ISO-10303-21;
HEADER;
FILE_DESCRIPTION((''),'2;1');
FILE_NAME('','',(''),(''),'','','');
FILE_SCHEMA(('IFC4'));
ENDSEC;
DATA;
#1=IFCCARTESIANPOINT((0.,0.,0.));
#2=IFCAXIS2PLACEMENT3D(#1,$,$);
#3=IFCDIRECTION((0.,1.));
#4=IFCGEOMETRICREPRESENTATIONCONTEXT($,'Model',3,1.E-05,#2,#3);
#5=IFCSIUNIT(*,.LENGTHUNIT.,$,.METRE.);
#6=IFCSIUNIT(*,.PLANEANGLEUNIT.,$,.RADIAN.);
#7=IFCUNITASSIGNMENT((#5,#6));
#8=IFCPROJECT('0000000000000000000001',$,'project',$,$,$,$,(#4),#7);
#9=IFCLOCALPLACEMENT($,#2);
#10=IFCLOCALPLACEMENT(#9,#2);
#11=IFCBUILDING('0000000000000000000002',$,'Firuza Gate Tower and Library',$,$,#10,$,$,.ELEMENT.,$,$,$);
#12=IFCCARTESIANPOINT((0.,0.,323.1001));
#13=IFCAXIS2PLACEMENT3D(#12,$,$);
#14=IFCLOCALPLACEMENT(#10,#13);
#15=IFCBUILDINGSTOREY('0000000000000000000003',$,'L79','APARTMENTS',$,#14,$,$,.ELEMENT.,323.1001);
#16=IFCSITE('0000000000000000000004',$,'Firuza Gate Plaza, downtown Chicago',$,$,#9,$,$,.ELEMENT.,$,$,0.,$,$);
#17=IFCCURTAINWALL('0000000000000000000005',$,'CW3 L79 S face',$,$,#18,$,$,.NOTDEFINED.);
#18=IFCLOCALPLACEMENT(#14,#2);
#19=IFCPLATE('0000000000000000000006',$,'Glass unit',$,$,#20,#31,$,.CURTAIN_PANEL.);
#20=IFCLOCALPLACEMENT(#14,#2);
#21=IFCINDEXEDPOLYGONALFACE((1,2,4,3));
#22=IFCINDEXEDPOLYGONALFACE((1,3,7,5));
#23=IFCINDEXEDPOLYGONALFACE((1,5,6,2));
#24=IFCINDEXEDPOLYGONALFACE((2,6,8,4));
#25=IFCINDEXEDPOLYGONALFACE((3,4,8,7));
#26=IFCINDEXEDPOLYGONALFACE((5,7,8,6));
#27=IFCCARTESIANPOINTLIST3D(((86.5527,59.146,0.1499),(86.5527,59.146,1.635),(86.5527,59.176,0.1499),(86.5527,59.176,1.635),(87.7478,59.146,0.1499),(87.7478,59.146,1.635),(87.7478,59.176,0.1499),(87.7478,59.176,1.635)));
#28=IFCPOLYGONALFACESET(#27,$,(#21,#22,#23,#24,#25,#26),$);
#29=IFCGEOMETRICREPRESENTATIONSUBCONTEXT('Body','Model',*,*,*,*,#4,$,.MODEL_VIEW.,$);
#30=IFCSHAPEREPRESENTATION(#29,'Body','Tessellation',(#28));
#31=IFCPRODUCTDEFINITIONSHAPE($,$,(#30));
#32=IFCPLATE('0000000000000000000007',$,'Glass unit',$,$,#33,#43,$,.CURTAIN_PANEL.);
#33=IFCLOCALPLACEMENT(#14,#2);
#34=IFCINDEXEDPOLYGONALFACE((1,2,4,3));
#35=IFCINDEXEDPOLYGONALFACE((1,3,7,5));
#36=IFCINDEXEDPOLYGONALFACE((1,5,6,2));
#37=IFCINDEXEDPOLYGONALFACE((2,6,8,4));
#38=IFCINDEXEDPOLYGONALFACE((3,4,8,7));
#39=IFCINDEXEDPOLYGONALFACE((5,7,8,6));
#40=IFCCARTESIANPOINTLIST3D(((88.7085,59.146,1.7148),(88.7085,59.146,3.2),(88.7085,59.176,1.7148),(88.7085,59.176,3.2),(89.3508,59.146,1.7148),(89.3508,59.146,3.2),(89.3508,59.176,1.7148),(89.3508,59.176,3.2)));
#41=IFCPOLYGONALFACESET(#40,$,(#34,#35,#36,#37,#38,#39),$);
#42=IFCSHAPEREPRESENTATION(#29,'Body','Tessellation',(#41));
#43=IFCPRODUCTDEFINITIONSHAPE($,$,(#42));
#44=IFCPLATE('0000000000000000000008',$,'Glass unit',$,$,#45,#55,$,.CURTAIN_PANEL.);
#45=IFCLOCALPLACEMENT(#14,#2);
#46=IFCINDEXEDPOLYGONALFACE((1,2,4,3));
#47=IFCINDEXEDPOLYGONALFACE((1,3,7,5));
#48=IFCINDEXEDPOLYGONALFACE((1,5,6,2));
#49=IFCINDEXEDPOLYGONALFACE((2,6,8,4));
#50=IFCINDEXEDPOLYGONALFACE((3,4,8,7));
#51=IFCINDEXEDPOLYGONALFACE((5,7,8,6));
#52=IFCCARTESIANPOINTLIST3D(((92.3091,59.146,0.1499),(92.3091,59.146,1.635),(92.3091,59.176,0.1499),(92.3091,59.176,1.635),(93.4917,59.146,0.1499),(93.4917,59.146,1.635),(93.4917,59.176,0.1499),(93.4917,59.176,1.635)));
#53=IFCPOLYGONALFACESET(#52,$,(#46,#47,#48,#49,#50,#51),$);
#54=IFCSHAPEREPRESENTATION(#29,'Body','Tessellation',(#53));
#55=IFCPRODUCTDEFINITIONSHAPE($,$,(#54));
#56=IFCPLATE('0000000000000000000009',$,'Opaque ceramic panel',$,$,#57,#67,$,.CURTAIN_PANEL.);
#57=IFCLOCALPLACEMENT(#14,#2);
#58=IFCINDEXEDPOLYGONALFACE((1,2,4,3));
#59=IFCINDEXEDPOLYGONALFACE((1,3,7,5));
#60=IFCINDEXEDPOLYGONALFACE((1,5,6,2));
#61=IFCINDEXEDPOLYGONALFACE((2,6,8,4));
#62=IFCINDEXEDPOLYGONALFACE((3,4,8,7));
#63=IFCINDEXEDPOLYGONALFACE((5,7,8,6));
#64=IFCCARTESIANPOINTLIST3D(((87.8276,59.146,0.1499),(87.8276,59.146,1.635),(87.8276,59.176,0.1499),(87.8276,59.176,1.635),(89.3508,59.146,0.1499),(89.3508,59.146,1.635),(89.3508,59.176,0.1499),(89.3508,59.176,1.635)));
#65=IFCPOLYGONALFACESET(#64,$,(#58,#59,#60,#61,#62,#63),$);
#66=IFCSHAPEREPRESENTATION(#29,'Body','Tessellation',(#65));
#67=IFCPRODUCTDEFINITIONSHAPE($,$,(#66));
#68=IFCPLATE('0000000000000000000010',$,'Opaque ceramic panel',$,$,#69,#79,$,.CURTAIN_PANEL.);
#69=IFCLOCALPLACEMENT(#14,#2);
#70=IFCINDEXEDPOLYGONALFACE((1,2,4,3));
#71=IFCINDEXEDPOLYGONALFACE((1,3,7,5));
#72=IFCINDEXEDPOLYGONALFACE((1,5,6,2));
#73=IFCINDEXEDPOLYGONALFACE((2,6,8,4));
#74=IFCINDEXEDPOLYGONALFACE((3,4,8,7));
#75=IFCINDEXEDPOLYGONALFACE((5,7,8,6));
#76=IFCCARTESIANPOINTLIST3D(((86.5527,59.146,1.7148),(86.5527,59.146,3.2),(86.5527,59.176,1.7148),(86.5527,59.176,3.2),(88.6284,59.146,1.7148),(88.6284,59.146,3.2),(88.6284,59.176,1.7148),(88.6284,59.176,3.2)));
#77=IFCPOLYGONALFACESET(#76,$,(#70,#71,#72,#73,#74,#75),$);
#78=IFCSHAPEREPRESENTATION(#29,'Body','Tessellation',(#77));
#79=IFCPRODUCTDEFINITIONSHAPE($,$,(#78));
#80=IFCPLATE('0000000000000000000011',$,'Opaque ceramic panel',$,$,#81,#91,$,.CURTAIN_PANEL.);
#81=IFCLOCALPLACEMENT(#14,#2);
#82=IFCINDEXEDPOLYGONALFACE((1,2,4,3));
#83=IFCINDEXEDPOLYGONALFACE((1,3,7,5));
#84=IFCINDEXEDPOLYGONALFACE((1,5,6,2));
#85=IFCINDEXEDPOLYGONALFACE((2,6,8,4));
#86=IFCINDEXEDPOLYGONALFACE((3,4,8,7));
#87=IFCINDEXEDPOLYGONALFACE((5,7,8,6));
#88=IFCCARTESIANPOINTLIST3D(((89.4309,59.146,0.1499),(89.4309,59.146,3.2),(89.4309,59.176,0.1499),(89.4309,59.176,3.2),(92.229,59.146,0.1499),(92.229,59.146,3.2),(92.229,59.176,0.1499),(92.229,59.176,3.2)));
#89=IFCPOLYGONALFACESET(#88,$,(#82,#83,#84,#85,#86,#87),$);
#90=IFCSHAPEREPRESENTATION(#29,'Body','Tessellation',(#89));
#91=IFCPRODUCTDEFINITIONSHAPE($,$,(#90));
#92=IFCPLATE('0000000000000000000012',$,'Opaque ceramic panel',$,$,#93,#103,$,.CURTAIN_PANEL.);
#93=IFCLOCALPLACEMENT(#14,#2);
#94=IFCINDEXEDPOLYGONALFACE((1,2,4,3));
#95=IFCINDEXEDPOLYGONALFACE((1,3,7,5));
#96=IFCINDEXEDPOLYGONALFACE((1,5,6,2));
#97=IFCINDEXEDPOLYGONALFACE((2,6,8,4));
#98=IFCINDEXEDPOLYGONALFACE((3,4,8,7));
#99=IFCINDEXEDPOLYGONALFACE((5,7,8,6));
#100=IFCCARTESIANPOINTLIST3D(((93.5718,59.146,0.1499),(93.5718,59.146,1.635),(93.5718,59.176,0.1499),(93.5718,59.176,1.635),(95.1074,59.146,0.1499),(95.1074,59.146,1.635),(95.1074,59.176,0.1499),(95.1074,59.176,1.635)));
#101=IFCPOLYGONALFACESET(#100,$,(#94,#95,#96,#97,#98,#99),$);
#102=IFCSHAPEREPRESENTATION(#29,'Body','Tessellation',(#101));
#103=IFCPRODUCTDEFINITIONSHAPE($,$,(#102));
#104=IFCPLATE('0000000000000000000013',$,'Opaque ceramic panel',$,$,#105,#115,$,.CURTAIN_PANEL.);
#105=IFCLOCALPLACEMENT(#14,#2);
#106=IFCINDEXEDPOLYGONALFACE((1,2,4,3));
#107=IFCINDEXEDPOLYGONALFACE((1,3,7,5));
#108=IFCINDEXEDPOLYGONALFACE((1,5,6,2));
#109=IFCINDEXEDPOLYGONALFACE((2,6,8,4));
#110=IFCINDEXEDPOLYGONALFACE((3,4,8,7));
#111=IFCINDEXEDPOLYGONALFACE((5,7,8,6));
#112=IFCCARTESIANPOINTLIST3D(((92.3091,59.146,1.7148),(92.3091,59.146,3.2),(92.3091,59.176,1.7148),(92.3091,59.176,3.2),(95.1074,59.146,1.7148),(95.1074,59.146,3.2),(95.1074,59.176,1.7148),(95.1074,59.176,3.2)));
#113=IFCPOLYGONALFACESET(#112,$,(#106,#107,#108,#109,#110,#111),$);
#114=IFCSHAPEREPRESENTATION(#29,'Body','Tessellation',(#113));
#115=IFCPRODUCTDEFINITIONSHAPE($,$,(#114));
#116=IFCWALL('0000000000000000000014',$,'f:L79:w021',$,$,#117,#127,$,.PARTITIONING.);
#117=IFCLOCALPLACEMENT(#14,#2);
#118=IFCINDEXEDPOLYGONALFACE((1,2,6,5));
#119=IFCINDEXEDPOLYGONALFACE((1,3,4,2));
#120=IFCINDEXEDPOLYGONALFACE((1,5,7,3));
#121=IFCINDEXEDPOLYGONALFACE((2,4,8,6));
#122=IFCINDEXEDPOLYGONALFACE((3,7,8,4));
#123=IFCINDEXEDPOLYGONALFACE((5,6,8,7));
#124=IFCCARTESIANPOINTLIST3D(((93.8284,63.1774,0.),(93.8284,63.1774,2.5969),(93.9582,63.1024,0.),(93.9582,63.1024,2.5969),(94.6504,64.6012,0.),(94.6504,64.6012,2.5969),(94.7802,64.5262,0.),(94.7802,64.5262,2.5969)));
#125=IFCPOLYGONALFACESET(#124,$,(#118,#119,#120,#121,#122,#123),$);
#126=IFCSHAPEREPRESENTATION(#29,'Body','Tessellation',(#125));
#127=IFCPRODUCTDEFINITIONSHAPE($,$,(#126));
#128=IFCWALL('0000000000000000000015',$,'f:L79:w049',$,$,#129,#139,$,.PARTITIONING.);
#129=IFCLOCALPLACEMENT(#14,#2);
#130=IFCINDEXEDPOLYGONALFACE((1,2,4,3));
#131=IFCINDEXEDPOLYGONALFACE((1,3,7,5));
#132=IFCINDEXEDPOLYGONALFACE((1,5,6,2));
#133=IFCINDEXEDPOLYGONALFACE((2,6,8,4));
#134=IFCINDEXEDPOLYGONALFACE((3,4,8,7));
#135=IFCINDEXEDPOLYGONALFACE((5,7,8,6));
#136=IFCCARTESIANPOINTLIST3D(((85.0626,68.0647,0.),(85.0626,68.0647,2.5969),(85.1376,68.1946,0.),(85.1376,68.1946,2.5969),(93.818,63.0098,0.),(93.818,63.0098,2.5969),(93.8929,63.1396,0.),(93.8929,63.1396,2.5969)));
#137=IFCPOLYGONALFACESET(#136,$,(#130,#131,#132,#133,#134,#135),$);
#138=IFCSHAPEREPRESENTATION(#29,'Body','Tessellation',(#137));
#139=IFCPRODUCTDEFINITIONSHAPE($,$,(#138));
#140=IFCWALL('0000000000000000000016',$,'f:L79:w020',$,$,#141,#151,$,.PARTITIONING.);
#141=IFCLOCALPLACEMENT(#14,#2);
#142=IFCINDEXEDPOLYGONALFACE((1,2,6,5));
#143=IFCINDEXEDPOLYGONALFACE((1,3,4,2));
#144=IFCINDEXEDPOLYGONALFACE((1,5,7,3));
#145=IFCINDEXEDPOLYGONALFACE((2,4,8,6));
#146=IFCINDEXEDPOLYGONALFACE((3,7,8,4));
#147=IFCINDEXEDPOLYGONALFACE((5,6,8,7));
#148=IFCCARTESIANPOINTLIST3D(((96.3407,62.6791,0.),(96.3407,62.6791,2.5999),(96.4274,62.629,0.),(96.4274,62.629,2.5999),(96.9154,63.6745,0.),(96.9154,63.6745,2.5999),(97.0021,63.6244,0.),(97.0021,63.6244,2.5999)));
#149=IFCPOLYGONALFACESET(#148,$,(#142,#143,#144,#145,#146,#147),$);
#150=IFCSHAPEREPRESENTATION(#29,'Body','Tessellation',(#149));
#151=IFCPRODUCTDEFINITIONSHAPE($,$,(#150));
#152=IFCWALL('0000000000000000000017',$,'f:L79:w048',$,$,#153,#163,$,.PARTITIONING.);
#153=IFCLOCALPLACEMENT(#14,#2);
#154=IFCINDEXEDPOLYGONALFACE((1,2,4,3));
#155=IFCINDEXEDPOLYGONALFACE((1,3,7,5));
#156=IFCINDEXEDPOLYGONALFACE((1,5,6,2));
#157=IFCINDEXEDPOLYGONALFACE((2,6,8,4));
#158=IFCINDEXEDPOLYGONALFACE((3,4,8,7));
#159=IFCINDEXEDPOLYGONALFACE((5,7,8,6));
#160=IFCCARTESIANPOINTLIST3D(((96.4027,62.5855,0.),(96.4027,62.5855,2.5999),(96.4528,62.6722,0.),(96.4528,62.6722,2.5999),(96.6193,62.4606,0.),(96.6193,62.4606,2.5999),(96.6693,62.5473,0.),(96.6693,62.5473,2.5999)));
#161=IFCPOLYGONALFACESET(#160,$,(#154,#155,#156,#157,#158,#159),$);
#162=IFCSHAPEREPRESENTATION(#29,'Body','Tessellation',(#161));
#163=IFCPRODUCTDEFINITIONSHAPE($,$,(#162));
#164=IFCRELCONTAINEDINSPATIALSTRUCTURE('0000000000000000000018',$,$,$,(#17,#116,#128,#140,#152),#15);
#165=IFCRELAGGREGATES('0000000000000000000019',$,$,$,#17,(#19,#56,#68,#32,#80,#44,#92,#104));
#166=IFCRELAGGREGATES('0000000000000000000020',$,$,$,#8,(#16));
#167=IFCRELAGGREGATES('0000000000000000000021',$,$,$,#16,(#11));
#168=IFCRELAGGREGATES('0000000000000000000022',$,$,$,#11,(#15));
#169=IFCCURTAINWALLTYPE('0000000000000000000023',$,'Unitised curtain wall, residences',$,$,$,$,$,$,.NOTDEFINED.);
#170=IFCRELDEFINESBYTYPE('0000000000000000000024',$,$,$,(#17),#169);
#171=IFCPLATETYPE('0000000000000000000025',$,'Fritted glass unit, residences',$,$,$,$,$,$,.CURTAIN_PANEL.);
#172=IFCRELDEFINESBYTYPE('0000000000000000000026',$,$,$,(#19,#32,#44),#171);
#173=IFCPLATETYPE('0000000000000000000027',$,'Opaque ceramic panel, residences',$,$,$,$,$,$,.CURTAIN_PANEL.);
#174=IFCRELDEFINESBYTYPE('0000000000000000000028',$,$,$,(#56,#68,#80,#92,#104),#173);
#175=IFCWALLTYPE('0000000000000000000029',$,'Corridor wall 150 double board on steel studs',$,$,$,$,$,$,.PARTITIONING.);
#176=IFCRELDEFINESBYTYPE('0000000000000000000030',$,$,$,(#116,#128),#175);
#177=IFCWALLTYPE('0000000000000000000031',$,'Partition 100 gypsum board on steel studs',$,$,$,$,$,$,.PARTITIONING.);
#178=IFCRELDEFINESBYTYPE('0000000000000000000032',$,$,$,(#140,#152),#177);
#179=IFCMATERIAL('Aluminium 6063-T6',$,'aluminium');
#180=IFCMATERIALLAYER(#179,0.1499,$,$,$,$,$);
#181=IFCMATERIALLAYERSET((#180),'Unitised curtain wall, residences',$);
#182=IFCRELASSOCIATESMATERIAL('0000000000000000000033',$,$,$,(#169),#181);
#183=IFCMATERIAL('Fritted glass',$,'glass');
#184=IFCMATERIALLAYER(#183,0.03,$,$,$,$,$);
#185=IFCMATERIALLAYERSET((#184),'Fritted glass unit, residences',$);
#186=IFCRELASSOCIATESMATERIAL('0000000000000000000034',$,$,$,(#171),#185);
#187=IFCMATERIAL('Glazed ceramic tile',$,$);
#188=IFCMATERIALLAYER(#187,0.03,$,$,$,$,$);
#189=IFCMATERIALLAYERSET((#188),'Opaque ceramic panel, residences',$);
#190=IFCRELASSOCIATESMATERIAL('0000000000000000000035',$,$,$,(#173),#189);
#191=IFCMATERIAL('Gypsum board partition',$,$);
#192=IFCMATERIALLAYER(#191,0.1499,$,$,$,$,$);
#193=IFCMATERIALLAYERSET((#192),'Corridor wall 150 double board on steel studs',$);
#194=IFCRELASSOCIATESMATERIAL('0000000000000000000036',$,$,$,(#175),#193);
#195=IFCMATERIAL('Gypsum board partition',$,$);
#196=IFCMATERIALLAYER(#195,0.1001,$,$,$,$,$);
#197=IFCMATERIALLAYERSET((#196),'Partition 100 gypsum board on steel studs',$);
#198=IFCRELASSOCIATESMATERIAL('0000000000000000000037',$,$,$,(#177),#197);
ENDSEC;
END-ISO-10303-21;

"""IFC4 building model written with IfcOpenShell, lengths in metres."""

from ifc_helpers import new_model, si_unit, direction, frame, frame_2d, origin, place, context, subcontext, project, spatial, polyline, rectangle, outline, extrude, material, layer, layer_set, type_object, element, aggregate, save


model = new_model("IFC4")

# Units and contexts
model_context = context("Model", 3, precision=1e-05, world=origin(), true_north=direction((0.0, 1.0)))
body_context = subcontext(model_context, "Body", "Model", "MODEL_VIEW")
ifc_project = project(units=[si_unit("LENGTHUNIT", "METRE"), si_unit("PLANEANGLEUNIT", "RADIAN")], contexts=[model_context])

# Site, building, storey
site_placement = place(None, origin())
site = spatial("IfcSite", under=ifc_project, at=site_placement, Name="Firuza Gate Plaza, downtown Chicago", CompositionType="ELEMENT", RefElevation=0.0)
building_placement = place(site_placement, origin())
building = spatial("IfcBuilding", under=site, at=building_placement, Name="Firuza Gate Tower and Library", CompositionType="ELEMENT")
storey_placement = place(building_placement, frame((0.0, 0.0, 323.1001)))
storey = spatial("IfcBuildingStorey", under=building, at=storey_placement, Name="L79", Description="APARTMENTS", CompositionType="ELEMENT", Elevation=323.1001)

# Curtain wall
ifc_material_1 = material(Name="Aluminium 6063-T6", Category="aluminium")
ifc_layer_1 = layer(ifc_material_1, 0.1499)
ifc_layer_set_1 = layer_set([ifc_layer_1], Name="Unitised curtain wall, residences")
curtain_wall_type_1 = type_object("IfcCurtainWallType", Name="Unitised curtain wall, residences", PredefinedType="NOTDEFINED", material=ifc_layer_set_1)
placement = place(storey_placement, origin())
curtain_wall_1 = element("IfcCurtainWall", 1, at=placement, inside=storey, type_object=curtain_wall_type_1, Name="CW3 L79 S face", PredefinedType="NOTDEFINED")

# Plates
ifc_material_2 = material(Name="Fritted glass", Category="glass")
ifc_layer_2 = layer(ifc_material_2, 0.03)
ifc_layer_set_2 = layer_set([ifc_layer_2], Name="Fritted glass unit, residences")
plate_type_1 = type_object("IfcPlateType", Name="Fritted glass unit, residences", PredefinedType="CURTAIN_PANEL", material=ifc_layer_set_2)
plate_1_placement = place(storey_placement, frame((86.5527, 59.146, 0.1499), z_axis=(0.0, -1.0, 0.0), x_axis=(1.0, 0.0, 0.0)))
plate_1 = element("IfcPlate", 2, at=plate_1_placement, type_object=plate_type_1, Name="Glass unit", PredefinedType="CURTAIN_PANEL", context=body_context, shape_type="SweptSolid", body=[
    extrude(outline(polyline([(0.0, 0.0), (1.1951, 0.0), (1.1951, 1.4851), (0.0, 1.4851), (0.0, 0.0)])), origin(), (0.0, 0.0, -1.0), 0.03),
])
plate_2_placement = place(storey_placement, frame((88.7085, 59.146, 1.7148), z_axis=(0.0, -1.0, 0.0), x_axis=(1.0, 0.0, 0.0)))
plate_2 = element("IfcPlate", 3, at=plate_2_placement, type_object=plate_type_1, Name="Glass unit", PredefinedType="CURTAIN_PANEL", context=body_context, shape_type="SweptSolid", body=[
    extrude(outline(polyline([(0.0, 0.0), (0.6423, 0.0), (0.6423, 1.4851), (0.0, 1.4851), (0.0, 0.0)])), origin(), (0.0, 0.0, -1.0), 0.03),
])
plate_3_placement = place(storey_placement, frame((92.3091, 59.146, 0.1499), z_axis=(0.0, -1.0, 0.0), x_axis=(1.0, 0.0, 0.0)))
plate_3 = element("IfcPlate", 4, at=plate_3_placement, type_object=plate_type_1, Name="Glass unit", PredefinedType="CURTAIN_PANEL", context=body_context, shape_type="SweptSolid", body=[
    extrude(outline(polyline([(0.0, 0.0), (1.1826, 0.0), (1.1826, 1.4851), (0.0, 1.4851), (0.0, 0.0)])), origin(), (0.0, 0.0, -1.0), 0.03),
])
ifc_material_3 = material(Name="Glazed ceramic tile")
ifc_layer_3 = layer(ifc_material_3, 0.03)
ifc_layer_set_3 = layer_set([ifc_layer_3], Name="Opaque ceramic panel, residences")
plate_type_2 = type_object("IfcPlateType", Name="Opaque ceramic panel, residences", PredefinedType="CURTAIN_PANEL", material=ifc_layer_set_3)
plate_4_placement = place(storey_placement, frame((87.8276, 59.146, 0.1499), z_axis=(0.0, -1.0, 0.0), x_axis=(1.0, 0.0, 0.0)))
plate_4 = element("IfcPlate", 5, at=plate_4_placement, type_object=plate_type_2, Name="Opaque ceramic panel", PredefinedType="CURTAIN_PANEL", context=body_context, shape_type="SweptSolid", body=[
    extrude(outline(polyline([(0.0, 0.0), (1.5232, 0.0), (1.5232, 1.4851), (0.0, 1.4851), (0.0, 0.0)])), origin(), (0.0, 0.0, -1.0), 0.03),
])
plate_5_placement = place(storey_placement, frame((86.5527, 59.146, 1.7148), z_axis=(0.0, -1.0, 0.0), x_axis=(1.0, 0.0, 0.0)))
plate_5 = element("IfcPlate", 6, at=plate_5_placement, type_object=plate_type_2, Name="Opaque ceramic panel", PredefinedType="CURTAIN_PANEL", context=body_context, shape_type="SweptSolid", body=[
    extrude(outline(polyline([(0.0, 0.0), (2.0757, 0.0), (2.0757, 1.4851), (0.0, 1.4851), (0.0, 0.0)])), origin(), (0.0, 0.0, -1.0), 0.03),
])
plate_6_placement = place(storey_placement, frame((89.4309, 59.146, 0.1499), z_axis=(0.0, -1.0, 0.0), x_axis=(1.0, 0.0, 0.0)))
plate_6 = element("IfcPlate", 7, at=plate_6_placement, type_object=plate_type_2, Name="Opaque ceramic panel", PredefinedType="CURTAIN_PANEL", context=body_context, shape_type="SweptSolid", body=[
    extrude(outline(polyline([(0.0, 0.0), (2.7981, 0.0), (2.7981, 3.05), (0.0, 3.05), (0.0, 0.0)])), origin(), (0.0, 0.0, -1.0), 0.03),
])
plate_7_placement = place(storey_placement, frame((93.5718, 59.146, 0.1499), z_axis=(0.0, -1.0, 0.0), x_axis=(1.0, 0.0, 0.0)))
plate_7 = element("IfcPlate", 8, at=plate_7_placement, type_object=plate_type_2, Name="Opaque ceramic panel", PredefinedType="CURTAIN_PANEL", context=body_context, shape_type="SweptSolid", body=[
    extrude(outline(polyline([(0.0, 0.0), (1.5356, 0.0), (1.5356, 1.4851), (0.0, 1.4851), (0.0, 0.0)])), origin(), (0.0, 0.0, -1.0), 0.03),
])
plate_8_placement = place(storey_placement, frame((92.3091, 59.146, 1.7148), z_axis=(0.0, -1.0, 0.0), x_axis=(1.0, 0.0, 0.0)))
plate_8 = element("IfcPlate", 9, at=plate_8_placement, type_object=plate_type_2, Name="Opaque ceramic panel", PredefinedType="CURTAIN_PANEL", context=body_context, shape_type="SweptSolid", body=[
    extrude(outline(polyline([(0.0, 0.0), (2.7983, 0.0), (2.7983, 1.4851), (0.0, 1.4851), (0.0, 0.0)])), origin(), (0.0, 0.0, -1.0), 0.03),
])
aggregate(curtain_wall_1, [plate_1, plate_4, plate_5, plate_2, plate_6, plate_3, plate_7, plate_8])

# Walls
ifc_material_4 = material(Name="Gypsum board partition")
ifc_layer_4 = layer(ifc_material_4, 0.1499)
ifc_layer_set_4 = layer_set([ifc_layer_4], Name="Corridor wall 150 double board on steel studs")
wall_type_1 = type_object("IfcWallType", Name="Corridor wall 150 double board on steel studs", PredefinedType="PARTITIONING", material=ifc_layer_set_4)
wall_1_placement = place(storey_placement, frame((93.8933, 63.1399, 0.0), z_axis=(0.0, 0.0, 1.0), x_axis=(0.499988, 0.866032, 0.0)))
element("IfcWall", 10, at=wall_1_placement, inside=storey, type_object=wall_type_1, Name="f:L79:w021", PredefinedType="PARTITIONING", context=body_context, shape_type="SweptSolid", body=[
    extrude(rectangle(XDim=1.644, YDim=0.1499, at=frame_2d((0.822, 0.0))), origin(), (0.0, 0.0, 1.0), 2.5969),
])
wall_2_placement = place(storey_placement, frame((93.8555, 63.0747, 0.0), z_axis=(0.0, 0.0, 1.0), x_axis=(-0.866025, 0.500001, 0.0)))
element("IfcWall", 11, at=wall_2_placement, inside=storey, type_object=wall_type_1, Name="f:L79:w049", PredefinedType="PARTITIONING", context=body_context, shape_type="SweptSolid", body=[
    extrude(rectangle(XDim=10.1099, YDim=0.1499, at=frame_2d((5.0549, 0.0))), origin(), (0.0, 0.0, 1.0), 2.5969),
])
ifc_material_5 = material(Name="Gypsum board partition")
ifc_layer_5 = layer(ifc_material_5, 0.1001)
ifc_layer_set_5 = layer_set([ifc_layer_5], Name="Partition 100 gypsum board on steel studs")
wall_type_2 = type_object("IfcWallType", Name="Partition 100 gypsum board on steel studs", PredefinedType="PARTITIONING", material=ifc_layer_set_5)
wall_3_placement = place(storey_placement, frame((96.384, 62.6541, 0.0), z_axis=(0.0, 0.0, 1.0), x_axis=(0.500023, 0.866012, 0.0)))
element("IfcWall", 12, at=wall_3_placement, inside=storey, type_object=wall_type_2, Name="f:L79:w020", PredefinedType="PARTITIONING", context=body_context, shape_type="SweptSolid", body=[
    extrude(rectangle(XDim=1.1494, YDim=0.1001, at=frame_2d((0.5747, 0.0))), origin(), (0.0, 0.0, 1.0), 2.5999),
])
wall_4_placement = place(storey_placement, frame((96.6443, 62.5039, 0.0), z_axis=(0.0, 0.0, 1.0), x_axis=(-0.866072, 0.49992, 0.0)))
element("IfcWall", 13, at=wall_4_placement, inside=storey, type_object=wall_type_2, Name="f:L79:w048", PredefinedType="PARTITIONING", context=body_context, shape_type="SweptSolid", body=[
    extrude(rectangle(XDim=0.25, YDim=0.1001, at=frame_2d((0.125, 0.0))), origin(), (0.0, 0.0, 1.0), 2.5999),
])

save(model, "model.ifc")
